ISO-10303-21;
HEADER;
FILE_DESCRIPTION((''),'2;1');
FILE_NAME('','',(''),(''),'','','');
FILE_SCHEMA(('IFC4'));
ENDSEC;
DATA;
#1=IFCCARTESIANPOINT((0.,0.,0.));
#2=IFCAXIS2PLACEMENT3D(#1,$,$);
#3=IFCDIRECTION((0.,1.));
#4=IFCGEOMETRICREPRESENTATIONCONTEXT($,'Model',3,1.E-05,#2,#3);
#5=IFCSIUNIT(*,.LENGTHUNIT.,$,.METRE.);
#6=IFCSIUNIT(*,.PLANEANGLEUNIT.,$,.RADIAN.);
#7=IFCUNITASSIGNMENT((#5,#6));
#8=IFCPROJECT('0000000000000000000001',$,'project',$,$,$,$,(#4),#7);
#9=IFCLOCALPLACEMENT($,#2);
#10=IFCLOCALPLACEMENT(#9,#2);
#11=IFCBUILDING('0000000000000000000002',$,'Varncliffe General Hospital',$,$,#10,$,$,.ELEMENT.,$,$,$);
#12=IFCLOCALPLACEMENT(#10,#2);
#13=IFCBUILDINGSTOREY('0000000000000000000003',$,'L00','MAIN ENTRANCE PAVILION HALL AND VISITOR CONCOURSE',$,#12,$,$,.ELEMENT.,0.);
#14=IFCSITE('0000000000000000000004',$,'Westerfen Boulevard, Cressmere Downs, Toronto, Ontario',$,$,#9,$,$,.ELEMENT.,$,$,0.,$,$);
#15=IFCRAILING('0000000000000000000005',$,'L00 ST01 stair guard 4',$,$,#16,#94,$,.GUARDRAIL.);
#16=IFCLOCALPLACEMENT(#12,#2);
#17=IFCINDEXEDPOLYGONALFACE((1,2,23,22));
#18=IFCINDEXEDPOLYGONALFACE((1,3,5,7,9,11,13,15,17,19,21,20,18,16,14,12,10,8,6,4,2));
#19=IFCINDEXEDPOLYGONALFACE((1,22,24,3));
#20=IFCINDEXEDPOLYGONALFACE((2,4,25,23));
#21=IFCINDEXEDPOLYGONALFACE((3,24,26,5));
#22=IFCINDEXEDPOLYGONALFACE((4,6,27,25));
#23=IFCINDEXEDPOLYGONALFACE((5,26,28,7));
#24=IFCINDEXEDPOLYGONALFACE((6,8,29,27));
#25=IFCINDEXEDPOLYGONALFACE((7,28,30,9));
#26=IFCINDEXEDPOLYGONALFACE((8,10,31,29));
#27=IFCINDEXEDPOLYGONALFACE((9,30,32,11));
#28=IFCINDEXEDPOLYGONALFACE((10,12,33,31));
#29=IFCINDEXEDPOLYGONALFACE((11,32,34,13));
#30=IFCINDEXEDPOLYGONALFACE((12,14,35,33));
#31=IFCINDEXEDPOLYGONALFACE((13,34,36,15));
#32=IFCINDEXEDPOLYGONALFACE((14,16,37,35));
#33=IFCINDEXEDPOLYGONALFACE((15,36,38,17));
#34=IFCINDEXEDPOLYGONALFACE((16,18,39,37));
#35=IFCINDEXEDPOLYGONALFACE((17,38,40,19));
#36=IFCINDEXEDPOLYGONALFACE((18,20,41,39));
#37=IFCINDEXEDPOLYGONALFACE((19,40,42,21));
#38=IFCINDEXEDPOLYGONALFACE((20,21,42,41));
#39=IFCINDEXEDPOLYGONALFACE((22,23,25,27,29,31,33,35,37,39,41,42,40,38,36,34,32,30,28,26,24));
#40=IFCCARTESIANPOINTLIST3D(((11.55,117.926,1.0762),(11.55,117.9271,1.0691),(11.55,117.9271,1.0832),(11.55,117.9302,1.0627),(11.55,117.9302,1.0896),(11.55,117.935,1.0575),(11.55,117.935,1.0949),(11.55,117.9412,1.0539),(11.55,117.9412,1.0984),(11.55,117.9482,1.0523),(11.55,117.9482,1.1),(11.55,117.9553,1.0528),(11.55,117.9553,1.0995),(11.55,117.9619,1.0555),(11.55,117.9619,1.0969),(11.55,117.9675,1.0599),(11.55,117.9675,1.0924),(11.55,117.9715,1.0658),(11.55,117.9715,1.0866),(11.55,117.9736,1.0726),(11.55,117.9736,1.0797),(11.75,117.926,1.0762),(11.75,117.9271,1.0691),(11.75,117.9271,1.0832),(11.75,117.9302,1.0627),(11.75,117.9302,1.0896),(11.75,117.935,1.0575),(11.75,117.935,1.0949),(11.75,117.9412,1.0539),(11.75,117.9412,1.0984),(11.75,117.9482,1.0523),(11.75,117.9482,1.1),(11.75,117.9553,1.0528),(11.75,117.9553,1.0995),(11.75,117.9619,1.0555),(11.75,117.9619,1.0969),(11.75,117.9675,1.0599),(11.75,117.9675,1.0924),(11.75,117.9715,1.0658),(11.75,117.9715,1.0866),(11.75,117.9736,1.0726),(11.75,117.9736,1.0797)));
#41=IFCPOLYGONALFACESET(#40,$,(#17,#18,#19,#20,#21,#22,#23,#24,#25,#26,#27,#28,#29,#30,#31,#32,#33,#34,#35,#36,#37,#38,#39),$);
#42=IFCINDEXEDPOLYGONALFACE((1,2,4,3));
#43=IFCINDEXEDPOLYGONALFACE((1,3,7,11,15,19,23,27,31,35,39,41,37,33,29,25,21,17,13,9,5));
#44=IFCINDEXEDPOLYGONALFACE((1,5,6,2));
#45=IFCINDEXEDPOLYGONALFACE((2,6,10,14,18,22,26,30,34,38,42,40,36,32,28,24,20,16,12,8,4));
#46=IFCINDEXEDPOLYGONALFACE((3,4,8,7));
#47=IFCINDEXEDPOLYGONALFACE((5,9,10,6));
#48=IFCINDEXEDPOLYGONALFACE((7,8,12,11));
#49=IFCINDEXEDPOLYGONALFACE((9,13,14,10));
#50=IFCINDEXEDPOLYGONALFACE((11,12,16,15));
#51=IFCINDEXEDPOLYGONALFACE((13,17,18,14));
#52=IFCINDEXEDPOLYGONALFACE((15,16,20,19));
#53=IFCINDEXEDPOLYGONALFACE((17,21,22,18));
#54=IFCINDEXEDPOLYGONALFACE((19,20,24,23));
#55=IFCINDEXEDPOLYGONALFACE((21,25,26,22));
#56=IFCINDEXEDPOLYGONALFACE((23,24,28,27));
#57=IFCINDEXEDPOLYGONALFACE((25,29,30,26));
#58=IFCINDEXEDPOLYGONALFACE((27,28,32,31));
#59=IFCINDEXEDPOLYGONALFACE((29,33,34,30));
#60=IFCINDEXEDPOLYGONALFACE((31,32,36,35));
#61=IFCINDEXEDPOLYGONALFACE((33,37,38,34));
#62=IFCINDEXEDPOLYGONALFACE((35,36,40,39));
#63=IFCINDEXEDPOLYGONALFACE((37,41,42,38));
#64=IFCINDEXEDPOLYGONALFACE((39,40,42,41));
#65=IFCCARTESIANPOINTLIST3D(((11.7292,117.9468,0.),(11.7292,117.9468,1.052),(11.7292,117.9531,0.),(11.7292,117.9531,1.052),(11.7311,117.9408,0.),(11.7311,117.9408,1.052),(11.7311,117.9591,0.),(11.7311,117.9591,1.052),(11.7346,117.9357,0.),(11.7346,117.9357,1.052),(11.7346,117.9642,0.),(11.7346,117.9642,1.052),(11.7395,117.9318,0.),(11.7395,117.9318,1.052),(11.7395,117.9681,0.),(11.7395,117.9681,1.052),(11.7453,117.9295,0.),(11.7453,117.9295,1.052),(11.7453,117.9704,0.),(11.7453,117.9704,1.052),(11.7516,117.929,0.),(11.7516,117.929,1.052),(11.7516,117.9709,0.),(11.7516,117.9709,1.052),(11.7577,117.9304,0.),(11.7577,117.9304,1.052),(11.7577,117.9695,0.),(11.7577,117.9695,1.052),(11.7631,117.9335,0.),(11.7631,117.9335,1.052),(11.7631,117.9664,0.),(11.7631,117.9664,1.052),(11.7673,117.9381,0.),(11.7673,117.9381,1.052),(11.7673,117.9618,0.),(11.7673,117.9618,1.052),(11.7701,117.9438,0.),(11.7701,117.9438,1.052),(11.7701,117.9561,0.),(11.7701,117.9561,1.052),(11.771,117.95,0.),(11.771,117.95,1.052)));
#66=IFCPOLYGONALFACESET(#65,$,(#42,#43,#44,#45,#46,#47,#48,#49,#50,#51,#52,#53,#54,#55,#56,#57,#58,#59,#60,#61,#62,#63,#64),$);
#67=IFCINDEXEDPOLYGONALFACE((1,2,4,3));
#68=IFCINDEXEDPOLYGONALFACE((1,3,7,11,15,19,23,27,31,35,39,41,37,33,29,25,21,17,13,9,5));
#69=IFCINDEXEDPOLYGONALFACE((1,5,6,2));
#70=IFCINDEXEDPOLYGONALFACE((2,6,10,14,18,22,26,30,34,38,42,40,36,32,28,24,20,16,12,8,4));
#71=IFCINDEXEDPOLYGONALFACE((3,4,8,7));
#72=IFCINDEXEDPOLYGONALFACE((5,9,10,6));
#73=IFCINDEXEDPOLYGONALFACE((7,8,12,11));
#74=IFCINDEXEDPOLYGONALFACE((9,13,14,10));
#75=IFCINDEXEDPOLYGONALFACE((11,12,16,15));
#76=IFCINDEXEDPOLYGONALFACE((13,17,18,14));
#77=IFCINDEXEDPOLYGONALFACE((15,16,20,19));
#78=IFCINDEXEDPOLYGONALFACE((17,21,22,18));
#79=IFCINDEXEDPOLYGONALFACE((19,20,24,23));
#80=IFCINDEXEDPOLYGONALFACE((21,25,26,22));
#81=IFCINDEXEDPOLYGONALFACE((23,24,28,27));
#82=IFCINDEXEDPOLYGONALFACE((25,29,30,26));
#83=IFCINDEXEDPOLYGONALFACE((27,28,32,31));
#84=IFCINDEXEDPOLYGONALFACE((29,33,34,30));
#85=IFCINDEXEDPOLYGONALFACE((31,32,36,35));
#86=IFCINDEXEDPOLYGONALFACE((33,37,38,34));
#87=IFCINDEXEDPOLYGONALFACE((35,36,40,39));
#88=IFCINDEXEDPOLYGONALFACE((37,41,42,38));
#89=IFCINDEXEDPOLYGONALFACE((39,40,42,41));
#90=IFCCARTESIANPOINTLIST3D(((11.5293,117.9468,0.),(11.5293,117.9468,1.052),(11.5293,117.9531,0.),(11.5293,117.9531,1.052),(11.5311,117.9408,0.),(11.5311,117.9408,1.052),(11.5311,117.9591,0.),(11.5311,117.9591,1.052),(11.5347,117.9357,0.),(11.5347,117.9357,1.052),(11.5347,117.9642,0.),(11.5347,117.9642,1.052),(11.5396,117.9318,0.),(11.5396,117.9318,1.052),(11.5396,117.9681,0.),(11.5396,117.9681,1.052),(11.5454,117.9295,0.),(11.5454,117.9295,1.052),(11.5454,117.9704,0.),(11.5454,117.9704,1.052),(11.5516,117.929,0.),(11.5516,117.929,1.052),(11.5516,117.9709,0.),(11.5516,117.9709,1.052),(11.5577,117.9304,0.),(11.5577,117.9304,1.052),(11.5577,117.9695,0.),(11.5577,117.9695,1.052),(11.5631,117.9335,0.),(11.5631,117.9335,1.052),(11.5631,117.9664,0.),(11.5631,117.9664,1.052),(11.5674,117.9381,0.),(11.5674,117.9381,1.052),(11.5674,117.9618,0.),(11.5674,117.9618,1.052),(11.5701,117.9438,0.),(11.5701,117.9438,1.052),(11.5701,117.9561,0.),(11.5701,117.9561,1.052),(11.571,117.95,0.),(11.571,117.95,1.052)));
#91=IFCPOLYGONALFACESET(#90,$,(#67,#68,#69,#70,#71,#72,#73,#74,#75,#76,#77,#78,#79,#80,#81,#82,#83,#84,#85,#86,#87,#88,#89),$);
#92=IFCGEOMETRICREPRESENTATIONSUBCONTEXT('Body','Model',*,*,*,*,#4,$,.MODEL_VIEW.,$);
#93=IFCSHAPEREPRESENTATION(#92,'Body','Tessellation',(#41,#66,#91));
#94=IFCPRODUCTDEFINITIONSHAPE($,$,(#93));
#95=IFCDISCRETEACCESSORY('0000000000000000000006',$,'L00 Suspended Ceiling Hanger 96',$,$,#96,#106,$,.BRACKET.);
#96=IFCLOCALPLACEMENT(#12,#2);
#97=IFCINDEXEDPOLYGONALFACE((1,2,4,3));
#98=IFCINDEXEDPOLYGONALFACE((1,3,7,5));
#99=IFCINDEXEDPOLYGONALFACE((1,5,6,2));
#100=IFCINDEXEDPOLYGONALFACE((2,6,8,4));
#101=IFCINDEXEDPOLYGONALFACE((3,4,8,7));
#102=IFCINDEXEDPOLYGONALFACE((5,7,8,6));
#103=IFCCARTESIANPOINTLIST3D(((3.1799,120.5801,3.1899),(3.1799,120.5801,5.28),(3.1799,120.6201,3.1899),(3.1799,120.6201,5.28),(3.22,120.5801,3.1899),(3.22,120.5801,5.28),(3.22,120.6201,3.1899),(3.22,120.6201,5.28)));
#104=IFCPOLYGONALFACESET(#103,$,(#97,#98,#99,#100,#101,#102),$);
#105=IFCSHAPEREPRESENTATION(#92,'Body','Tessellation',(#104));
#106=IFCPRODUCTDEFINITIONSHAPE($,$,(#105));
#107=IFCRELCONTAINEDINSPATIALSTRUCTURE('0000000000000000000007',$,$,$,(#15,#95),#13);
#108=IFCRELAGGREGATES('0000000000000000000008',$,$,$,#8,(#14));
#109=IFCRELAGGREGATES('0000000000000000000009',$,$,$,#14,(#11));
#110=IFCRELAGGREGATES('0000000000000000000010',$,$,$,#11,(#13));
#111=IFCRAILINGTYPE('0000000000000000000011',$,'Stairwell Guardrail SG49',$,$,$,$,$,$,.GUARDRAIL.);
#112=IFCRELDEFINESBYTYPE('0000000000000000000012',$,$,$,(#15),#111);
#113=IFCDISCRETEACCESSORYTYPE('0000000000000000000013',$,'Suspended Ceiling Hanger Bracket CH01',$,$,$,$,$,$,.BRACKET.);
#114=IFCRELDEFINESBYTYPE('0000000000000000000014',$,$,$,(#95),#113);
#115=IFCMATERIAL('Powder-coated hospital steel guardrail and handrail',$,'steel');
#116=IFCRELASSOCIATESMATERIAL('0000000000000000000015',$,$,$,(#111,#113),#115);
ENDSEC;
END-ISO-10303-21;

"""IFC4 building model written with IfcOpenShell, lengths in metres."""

from ifc_helpers import new_model, si_unit, direction, frame, origin, origin_2d, place, context, subcontext, project, spatial, rectangle, circle, extrude, material, type_object, element, save


model = new_model("IFC4")

# Units and contexts
model_context = context("Model", 3, precision=1e-05, world=origin(), true_north=direction((0.0, 1.0)))
body_context = subcontext(model_context, "Body", "Model", "MODEL_VIEW")
ifc_project = project(units=[si_unit("LENGTHUNIT", "METRE"), si_unit("PLANEANGLEUNIT", "RADIAN")], contexts=[model_context])

# Site, building, storey
site_placement = place(None, origin())
site = spatial("IfcSite", under=ifc_project, at=site_placement, Name="Westerfen Boulevard, Cressmere Downs, Toronto, Ontario", CompositionType="ELEMENT", RefElevation=0.0)
building_placement = place(site_placement, origin())
building = spatial("IfcBuilding", under=site, at=building_placement, Name="Varncliffe General Hospital", CompositionType="ELEMENT")
storey_placement = place(building_placement, origin())
storey = spatial("IfcBuildingStorey", under=building, at=storey_placement, Name="L00", Description="MAIN ENTRANCE PAVILION HALL AND VISITOR CONCOURSE", CompositionType="ELEMENT", Elevation=0.0)

# Railing
ifc_material_1 = material(Name="Powder-coated hospital steel guardrail and handrail", Category="steel")
railing_type_1 = type_object("IfcRailingType", Name="Stairwell Guardrail SG49", PredefinedType="GUARDRAIL", material=ifc_material_1)
railing_1_placement = place(storey_placement, frame((11.75, 117.95, 0.0)))
element("IfcRailing", 1, at=railing_1_placement, inside=storey, type_object=railing_type_1, Name="L00 ST01 stair guard 4", PredefinedType="GUARDRAIL", context=body_context, shape_type="SweptSolid", body=[
    extrude(circle(Radius=0.0239, at=origin_2d()), frame((0.0, 0.0, 1.0762), z_axis=(-1.0, 0.0, 0.0), x_axis=(0.0, -1.0, 0.0)), (0.0, 0.0, 1.0), 0.2),
    extrude(circle(Radius=0.021, at=origin_2d()), origin(), (0.0, 0.0, 1.0), 1.052),
    extrude(circle(Radius=0.021, at=origin_2d()), frame((-0.2, 0.0, 0.0)), (0.0, 0.0, 1.0), 1.052),
])

# Discrete accessory
discrete_accessory_type = type_object("IfcDiscreteAccessoryType", Name="Suspended Ceiling Hanger Bracket CH01", PredefinedType="BRACKET", material=ifc_material_1)
discrete_accessory_placement = place(storey_placement, frame((3.2, 120.6001, 3.1899), z_axis=(0.0, 0.0, 1.0), x_axis=(1.0, 0.0, 0.0)))
element("IfcDiscreteAccessory", 2, at=discrete_accessory_placement, inside=storey, type_object=discrete_accessory_type, Name="L00 Suspended Ceiling Hanger 96", PredefinedType="BRACKET", context=body_context, shape_type="SweptSolid", body=[
    extrude(rectangle(XDim=0.04, YDim=0.04, at=origin_2d()), origin(), (0.0, 0.0, 1.0), 2.0901),
])

save(model, "model.ifc")
